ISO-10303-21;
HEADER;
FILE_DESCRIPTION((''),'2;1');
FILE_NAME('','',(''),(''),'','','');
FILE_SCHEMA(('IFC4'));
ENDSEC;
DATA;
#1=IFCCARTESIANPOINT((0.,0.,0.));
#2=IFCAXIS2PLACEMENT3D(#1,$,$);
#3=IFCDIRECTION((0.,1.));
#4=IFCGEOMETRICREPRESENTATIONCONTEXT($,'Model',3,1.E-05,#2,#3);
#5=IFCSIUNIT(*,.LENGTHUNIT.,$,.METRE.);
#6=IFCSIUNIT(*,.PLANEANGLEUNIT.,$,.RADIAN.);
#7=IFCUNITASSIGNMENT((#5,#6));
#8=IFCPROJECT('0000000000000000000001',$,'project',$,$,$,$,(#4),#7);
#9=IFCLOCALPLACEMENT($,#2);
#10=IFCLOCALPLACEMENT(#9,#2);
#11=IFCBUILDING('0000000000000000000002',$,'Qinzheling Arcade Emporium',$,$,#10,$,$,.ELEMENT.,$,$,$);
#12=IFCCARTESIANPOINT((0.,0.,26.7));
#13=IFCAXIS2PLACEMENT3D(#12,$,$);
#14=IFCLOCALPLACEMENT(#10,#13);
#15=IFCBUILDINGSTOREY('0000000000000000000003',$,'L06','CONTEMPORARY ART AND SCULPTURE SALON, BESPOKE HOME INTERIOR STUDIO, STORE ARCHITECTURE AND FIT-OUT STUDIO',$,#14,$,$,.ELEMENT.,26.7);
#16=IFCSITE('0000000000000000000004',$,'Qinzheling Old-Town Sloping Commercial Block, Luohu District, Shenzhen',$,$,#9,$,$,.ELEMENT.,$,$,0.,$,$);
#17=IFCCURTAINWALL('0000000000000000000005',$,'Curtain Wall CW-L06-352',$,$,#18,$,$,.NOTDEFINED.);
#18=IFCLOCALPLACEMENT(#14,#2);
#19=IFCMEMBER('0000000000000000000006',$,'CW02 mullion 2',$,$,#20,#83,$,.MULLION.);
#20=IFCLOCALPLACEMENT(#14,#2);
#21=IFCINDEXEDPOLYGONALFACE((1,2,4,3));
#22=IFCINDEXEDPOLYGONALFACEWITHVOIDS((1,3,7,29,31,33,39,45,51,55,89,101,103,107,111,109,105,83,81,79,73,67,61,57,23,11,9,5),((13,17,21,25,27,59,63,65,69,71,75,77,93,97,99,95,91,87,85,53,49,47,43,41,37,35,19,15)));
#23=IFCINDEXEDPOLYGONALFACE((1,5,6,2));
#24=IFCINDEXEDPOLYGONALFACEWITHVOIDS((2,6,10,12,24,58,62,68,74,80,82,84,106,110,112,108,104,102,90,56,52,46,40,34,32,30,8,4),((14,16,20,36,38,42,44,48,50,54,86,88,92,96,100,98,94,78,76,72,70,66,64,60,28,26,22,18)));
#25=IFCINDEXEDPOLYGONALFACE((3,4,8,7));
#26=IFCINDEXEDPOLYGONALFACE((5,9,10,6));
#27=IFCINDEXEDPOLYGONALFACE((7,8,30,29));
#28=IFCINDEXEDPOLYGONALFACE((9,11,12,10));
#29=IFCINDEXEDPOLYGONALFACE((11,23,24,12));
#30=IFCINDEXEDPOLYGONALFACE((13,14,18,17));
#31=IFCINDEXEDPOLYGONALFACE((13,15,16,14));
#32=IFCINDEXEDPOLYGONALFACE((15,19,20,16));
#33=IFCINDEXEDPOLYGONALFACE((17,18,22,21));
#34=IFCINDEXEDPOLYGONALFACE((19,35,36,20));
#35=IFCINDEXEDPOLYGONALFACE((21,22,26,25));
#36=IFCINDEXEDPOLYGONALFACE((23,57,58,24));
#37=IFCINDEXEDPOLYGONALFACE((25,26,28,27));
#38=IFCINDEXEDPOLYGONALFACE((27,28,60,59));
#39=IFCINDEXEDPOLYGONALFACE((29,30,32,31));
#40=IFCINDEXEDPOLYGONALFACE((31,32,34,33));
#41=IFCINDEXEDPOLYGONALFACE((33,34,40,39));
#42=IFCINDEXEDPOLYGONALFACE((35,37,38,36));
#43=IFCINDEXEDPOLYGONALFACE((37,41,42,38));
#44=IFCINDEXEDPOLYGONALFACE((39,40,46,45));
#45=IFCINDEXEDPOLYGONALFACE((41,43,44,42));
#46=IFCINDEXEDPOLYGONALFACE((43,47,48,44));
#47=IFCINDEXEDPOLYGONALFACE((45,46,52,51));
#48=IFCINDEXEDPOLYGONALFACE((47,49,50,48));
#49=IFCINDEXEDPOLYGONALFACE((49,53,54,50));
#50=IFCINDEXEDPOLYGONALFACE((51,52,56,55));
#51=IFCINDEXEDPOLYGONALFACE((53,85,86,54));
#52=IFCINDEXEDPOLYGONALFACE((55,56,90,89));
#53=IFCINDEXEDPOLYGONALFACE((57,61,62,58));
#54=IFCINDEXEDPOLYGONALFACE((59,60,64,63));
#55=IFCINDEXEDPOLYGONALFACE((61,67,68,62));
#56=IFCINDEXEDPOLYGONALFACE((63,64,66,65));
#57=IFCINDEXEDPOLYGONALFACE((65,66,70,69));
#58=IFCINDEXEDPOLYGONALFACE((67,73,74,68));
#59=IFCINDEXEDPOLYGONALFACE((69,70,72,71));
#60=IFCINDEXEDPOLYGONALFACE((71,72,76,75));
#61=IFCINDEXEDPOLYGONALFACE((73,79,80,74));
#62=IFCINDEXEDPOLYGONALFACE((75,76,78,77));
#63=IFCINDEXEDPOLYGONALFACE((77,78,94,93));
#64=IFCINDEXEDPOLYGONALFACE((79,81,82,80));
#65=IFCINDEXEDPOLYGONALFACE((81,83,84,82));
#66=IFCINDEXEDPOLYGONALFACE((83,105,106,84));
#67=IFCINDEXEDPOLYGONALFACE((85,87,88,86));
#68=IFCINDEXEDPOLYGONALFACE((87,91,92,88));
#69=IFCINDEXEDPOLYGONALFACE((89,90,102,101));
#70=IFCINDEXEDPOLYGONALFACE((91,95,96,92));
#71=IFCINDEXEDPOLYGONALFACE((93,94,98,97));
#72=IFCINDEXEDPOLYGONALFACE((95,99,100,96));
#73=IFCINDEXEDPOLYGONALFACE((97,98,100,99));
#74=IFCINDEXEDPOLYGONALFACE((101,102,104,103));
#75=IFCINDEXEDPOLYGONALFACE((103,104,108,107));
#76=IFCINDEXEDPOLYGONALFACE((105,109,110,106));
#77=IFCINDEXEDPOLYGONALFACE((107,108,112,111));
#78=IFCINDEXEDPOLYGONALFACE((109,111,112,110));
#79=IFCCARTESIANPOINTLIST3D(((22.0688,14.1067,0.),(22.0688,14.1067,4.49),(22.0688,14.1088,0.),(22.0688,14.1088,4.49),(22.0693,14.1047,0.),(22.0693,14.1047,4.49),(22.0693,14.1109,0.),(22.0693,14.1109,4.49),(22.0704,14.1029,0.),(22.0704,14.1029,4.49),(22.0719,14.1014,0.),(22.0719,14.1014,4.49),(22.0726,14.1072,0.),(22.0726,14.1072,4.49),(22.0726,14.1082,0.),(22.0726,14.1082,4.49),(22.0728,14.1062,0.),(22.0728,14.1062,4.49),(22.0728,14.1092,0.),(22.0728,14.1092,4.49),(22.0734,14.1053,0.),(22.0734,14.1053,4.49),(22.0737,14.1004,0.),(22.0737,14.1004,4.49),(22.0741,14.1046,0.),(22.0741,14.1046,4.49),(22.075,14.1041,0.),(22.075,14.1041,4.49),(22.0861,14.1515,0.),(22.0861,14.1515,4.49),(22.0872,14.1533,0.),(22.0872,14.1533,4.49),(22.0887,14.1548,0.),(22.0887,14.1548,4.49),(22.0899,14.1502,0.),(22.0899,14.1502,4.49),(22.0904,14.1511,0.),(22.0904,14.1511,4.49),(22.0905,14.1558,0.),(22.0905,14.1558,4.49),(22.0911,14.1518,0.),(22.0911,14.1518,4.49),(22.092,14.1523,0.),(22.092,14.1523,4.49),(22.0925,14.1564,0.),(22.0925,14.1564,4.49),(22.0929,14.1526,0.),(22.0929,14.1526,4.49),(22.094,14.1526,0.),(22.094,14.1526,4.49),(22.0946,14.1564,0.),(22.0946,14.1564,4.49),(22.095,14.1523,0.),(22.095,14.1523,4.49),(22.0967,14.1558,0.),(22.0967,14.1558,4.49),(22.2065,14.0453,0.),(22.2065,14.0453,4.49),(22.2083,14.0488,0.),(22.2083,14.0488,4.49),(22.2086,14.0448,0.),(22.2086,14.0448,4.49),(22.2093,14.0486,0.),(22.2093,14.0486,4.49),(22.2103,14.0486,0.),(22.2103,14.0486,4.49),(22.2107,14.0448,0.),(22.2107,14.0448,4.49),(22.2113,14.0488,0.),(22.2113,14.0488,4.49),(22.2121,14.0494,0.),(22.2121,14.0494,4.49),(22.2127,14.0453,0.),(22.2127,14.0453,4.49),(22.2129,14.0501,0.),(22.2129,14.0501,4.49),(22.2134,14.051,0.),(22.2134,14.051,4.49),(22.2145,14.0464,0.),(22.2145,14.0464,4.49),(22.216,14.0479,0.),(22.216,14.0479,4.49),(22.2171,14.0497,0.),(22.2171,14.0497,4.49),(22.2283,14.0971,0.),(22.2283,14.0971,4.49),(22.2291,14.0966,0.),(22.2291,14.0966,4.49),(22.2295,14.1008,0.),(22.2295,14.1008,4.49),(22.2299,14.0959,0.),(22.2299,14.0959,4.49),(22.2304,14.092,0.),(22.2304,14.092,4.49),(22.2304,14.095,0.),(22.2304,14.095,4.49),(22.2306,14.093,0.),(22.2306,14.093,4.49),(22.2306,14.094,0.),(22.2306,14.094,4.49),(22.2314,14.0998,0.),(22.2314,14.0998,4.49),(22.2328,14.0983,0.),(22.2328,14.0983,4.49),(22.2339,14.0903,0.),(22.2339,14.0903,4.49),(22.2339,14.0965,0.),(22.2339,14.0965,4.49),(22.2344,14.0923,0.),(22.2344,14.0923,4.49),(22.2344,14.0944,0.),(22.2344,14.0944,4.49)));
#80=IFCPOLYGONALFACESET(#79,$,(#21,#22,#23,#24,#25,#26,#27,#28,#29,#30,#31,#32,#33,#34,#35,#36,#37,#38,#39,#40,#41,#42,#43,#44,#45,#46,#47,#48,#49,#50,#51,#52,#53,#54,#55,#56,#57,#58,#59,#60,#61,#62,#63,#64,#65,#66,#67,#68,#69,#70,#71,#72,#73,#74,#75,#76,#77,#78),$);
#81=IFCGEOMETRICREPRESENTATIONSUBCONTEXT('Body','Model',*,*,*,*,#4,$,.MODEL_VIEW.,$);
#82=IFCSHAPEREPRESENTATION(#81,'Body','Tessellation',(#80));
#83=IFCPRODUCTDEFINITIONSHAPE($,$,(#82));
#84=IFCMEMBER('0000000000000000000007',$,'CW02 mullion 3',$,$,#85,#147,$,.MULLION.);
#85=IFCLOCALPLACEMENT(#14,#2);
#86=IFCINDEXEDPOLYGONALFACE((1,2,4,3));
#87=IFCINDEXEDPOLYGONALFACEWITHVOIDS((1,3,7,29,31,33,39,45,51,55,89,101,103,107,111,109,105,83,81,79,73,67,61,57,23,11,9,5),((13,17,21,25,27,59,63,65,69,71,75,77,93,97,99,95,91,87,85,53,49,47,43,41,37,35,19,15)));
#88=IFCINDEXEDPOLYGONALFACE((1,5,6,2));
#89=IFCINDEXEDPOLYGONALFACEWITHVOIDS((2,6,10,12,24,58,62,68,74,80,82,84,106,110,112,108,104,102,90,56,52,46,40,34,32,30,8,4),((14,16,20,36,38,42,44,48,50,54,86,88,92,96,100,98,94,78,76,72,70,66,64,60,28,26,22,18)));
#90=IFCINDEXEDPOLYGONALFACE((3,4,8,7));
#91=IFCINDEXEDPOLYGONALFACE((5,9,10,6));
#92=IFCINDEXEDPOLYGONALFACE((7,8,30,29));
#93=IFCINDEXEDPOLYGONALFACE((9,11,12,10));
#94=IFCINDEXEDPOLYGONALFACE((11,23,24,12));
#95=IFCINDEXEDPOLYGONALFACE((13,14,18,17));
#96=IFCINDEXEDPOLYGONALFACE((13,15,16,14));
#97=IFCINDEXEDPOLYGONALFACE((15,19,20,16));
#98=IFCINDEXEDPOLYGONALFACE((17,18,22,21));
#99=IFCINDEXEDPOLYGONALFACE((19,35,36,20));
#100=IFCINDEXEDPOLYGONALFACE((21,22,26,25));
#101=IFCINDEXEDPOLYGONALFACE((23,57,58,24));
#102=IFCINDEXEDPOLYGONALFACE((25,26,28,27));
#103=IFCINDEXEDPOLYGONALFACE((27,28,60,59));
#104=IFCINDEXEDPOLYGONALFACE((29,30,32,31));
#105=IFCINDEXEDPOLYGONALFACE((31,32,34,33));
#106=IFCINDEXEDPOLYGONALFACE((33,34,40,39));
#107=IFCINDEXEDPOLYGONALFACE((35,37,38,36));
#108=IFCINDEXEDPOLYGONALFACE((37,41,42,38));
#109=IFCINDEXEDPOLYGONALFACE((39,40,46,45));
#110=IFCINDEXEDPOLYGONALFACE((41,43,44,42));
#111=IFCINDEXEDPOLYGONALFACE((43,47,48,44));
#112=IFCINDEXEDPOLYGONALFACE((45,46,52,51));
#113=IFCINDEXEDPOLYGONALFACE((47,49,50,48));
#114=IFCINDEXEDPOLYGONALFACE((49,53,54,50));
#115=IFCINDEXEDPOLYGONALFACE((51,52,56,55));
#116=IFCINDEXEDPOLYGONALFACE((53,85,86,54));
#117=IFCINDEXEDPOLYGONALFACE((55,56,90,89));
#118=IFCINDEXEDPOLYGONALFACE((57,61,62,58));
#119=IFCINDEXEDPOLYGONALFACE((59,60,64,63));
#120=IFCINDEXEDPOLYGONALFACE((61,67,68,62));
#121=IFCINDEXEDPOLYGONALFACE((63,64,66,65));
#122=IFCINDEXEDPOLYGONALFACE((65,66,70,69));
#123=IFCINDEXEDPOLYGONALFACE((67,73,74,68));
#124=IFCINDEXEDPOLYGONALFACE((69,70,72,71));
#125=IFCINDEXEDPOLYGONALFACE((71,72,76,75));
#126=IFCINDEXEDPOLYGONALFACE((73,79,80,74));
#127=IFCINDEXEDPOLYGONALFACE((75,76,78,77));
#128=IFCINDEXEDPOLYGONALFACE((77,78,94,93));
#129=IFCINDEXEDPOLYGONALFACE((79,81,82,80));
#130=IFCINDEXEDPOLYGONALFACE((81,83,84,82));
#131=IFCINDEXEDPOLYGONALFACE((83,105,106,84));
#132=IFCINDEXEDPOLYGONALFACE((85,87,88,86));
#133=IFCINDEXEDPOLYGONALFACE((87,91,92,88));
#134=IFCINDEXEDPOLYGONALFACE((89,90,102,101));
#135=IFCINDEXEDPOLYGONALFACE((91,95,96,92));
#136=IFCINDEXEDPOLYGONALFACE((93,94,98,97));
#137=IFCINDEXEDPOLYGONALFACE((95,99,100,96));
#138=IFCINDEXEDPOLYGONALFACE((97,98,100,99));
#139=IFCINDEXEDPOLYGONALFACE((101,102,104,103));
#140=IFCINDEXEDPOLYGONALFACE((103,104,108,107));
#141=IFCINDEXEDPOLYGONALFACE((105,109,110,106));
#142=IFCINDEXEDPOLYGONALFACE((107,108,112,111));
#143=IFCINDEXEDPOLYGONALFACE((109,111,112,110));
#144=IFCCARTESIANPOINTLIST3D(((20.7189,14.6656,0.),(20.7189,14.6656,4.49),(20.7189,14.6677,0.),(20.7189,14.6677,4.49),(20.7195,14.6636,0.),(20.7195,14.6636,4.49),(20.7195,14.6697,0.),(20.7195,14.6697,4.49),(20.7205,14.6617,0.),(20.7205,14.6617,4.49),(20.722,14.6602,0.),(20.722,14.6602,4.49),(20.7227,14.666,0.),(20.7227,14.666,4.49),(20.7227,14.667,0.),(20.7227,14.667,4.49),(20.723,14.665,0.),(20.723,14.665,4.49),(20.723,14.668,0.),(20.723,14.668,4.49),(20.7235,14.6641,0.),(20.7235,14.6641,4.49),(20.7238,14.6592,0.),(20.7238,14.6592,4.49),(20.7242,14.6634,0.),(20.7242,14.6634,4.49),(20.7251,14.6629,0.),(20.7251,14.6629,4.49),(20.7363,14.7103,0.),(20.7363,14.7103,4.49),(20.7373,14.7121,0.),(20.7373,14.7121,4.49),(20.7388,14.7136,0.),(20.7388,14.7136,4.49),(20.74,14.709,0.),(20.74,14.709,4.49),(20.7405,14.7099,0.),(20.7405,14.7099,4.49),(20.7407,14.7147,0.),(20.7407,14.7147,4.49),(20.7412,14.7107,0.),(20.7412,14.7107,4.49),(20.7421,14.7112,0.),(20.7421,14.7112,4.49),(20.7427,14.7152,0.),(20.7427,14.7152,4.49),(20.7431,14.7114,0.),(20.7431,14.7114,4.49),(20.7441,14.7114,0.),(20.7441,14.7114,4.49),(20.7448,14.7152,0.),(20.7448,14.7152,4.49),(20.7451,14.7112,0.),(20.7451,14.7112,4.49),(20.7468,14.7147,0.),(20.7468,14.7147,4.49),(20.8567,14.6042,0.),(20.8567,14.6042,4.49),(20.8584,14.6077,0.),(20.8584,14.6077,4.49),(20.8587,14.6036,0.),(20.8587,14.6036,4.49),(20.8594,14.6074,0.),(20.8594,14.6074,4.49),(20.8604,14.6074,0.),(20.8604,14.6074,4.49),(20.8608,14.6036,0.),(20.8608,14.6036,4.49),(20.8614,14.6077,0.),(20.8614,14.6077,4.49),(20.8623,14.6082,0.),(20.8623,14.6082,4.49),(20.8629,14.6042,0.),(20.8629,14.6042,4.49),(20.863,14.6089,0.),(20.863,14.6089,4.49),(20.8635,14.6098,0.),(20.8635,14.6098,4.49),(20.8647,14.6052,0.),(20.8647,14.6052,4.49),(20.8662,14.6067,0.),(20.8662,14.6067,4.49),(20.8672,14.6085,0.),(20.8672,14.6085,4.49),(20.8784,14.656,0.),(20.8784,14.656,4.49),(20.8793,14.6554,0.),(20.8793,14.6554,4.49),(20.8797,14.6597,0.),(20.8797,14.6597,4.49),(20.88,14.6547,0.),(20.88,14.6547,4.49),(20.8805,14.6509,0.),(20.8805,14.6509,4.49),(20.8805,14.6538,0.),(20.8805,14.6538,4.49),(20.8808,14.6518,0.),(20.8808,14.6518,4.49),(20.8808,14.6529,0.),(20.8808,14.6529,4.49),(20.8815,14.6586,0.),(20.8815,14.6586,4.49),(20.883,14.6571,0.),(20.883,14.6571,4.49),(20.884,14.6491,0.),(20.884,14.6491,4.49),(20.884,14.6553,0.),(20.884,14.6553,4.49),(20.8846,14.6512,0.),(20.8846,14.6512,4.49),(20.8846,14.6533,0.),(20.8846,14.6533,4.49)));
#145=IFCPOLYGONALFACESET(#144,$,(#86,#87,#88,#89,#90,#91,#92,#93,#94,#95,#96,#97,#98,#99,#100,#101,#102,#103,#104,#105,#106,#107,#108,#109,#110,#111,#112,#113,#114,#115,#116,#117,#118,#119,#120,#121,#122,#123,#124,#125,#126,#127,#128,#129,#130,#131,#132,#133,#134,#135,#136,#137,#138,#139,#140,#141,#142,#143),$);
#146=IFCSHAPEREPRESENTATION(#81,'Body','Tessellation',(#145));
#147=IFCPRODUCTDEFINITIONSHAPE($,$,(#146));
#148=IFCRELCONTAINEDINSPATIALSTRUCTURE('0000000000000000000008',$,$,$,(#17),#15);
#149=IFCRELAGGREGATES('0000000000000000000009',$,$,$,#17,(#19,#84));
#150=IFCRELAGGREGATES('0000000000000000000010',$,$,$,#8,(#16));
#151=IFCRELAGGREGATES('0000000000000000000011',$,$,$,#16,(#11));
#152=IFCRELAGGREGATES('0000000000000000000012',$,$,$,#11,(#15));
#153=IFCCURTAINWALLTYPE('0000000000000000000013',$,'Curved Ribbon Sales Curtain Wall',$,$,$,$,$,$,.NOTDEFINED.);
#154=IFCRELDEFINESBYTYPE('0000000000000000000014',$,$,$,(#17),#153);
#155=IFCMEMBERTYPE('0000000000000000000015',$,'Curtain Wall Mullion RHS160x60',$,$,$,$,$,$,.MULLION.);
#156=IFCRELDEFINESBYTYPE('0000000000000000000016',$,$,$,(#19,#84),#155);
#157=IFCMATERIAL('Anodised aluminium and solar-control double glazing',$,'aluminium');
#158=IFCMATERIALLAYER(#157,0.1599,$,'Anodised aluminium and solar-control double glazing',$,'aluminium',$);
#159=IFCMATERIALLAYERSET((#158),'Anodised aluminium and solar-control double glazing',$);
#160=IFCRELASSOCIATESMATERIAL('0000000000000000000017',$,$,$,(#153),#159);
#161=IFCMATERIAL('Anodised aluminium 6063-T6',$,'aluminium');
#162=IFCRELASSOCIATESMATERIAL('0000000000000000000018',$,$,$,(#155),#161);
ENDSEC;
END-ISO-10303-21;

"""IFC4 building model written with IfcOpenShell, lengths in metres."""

from ifc_helpers import new_model, si_unit, direction, frame, origin, origin_2d, place, context, subcontext, project, spatial, hollow_rectangle, extrude, material, layer, layer_set, material_profile, profile_set, type_object, element, aggregate, save


model = new_model("IFC4")

# Units and contexts
model_context = context("Model", 3, precision=1e-05, world=origin(), true_north=direction((0.0, 1.0)))
body_context = subcontext(model_context, "Body", "Model", "MODEL_VIEW")
ifc_project = project(units=[si_unit("LENGTHUNIT", "METRE"), si_unit("PLANEANGLEUNIT", "RADIAN")], contexts=[model_context])

# Site, building, storey
site_placement = place(None, origin())
site = spatial("IfcSite", under=ifc_project, at=site_placement, Name="Qinzheling Old-Town Sloping Commercial Block, Luohu District, Shenzhen", CompositionType="ELEMENT", RefElevation=0.0)
building_placement = place(site_placement, origin())
building = spatial("IfcBuilding", under=site, at=building_placement, Name="Qinzheling Arcade Emporium", CompositionType="ELEMENT")
storey_placement = place(building_placement, frame((0.0, 0.0, 26.7)))
storey = spatial("IfcBuildingStorey", under=building, at=storey_placement, Name="L06", Description="CONTEMPORARY ART AND SCULPTURE SALON, BESPOKE HOME INTERIOR STUDIO, STORE ARCHITECTURE AND FIT-OUT STUDIO", CompositionType="ELEMENT", Elevation=26.7)

# Curtain wall, members
ifc_material_1 = material(Name="Anodised aluminium and solar-control double glazing", Category="aluminium")
ifc_layer_1 = layer(ifc_material_1, 0.1599, Name="Anodised aluminium and solar-control double glazing", Category="aluminium")
ifc_layer_set_1 = layer_set([ifc_layer_1], Name="Anodised aluminium and solar-control double glazing")
curtain_wall_type = type_object("IfcCurtainWallType", Name="Curved Ribbon Sales Curtain Wall", PredefinedType="NOTDEFINED", material=ifc_layer_set_1)
curtain_wall_1_placement = place(storey_placement, origin())
curtain_wall_1 = element("IfcCurtainWall", 1, at=curtain_wall_1_placement, inside=storey, type_object=curtain_wall_type, Name="Curtain Wall CW-L06-352", PredefinedType="NOTDEFINED")
ifc_material_2 = material(Name="Anodised aluminium 6063-T6", Category="aluminium")
ifc_material_profile_1 = material_profile(ifc_material_2, hollow_rectangle(XDim=0.0601, YDim=0.1599, WallThickness=0.0039, InnerFilletRadius=0.0039, OuterFilletRadius=0.0081, at=origin_2d()), Name="RHS 160x60x4", Category="aluminium")
ifc_profile_set_1 = profile_set([ifc_material_profile_1], Name="Anodised aluminium 6063-T6")
member_type_1 = type_object("IfcMemberType", Name="Curtain Wall Mullion RHS160x60", PredefinedType="MULLION", material=ifc_profile_set_1)
member_1_placement = place(storey_placement, frame((22.1516, 14.1006, 0.0), z_axis=(0.0, 0.0, 1.0), x_axis=(-0.382638, -0.923898, 0.0)))
member_1 = element("IfcMember", 2, at=member_1_placement, type_object=member_type_1, Name="CW02 mullion 2", PredefinedType="MULLION", context=body_context, shape_type="SweptSolid", body=[
    extrude(hollow_rectangle(XDim=0.0601, YDim=0.1599, WallThickness=0.0039, InnerFilletRadius=0.0039, OuterFilletRadius=0.0081, at=origin_2d()), origin(), (0.0, 0.0, 1.0), 4.49),
])
member_2_placement = place(storey_placement, frame((20.8018, 14.6594, 0.0), z_axis=(0.0, 0.0, 1.0), x_axis=(-0.382638, -0.923898, 0.0)))
member_2 = element("IfcMember", 3, at=member_2_placement, type_object=member_type_1, Name="CW02 mullion 3", PredefinedType="MULLION", context=body_context, shape_type="SweptSolid", body=[
    extrude(hollow_rectangle(XDim=0.0601, YDim=0.1599, WallThickness=0.0039, InnerFilletRadius=0.0039, OuterFilletRadius=0.0081, at=origin_2d()), origin(), (0.0, 0.0, 1.0), 4.49),
])

aggregate(curtain_wall_1, [member_1, member_2])

save(model, "model.ifc")
